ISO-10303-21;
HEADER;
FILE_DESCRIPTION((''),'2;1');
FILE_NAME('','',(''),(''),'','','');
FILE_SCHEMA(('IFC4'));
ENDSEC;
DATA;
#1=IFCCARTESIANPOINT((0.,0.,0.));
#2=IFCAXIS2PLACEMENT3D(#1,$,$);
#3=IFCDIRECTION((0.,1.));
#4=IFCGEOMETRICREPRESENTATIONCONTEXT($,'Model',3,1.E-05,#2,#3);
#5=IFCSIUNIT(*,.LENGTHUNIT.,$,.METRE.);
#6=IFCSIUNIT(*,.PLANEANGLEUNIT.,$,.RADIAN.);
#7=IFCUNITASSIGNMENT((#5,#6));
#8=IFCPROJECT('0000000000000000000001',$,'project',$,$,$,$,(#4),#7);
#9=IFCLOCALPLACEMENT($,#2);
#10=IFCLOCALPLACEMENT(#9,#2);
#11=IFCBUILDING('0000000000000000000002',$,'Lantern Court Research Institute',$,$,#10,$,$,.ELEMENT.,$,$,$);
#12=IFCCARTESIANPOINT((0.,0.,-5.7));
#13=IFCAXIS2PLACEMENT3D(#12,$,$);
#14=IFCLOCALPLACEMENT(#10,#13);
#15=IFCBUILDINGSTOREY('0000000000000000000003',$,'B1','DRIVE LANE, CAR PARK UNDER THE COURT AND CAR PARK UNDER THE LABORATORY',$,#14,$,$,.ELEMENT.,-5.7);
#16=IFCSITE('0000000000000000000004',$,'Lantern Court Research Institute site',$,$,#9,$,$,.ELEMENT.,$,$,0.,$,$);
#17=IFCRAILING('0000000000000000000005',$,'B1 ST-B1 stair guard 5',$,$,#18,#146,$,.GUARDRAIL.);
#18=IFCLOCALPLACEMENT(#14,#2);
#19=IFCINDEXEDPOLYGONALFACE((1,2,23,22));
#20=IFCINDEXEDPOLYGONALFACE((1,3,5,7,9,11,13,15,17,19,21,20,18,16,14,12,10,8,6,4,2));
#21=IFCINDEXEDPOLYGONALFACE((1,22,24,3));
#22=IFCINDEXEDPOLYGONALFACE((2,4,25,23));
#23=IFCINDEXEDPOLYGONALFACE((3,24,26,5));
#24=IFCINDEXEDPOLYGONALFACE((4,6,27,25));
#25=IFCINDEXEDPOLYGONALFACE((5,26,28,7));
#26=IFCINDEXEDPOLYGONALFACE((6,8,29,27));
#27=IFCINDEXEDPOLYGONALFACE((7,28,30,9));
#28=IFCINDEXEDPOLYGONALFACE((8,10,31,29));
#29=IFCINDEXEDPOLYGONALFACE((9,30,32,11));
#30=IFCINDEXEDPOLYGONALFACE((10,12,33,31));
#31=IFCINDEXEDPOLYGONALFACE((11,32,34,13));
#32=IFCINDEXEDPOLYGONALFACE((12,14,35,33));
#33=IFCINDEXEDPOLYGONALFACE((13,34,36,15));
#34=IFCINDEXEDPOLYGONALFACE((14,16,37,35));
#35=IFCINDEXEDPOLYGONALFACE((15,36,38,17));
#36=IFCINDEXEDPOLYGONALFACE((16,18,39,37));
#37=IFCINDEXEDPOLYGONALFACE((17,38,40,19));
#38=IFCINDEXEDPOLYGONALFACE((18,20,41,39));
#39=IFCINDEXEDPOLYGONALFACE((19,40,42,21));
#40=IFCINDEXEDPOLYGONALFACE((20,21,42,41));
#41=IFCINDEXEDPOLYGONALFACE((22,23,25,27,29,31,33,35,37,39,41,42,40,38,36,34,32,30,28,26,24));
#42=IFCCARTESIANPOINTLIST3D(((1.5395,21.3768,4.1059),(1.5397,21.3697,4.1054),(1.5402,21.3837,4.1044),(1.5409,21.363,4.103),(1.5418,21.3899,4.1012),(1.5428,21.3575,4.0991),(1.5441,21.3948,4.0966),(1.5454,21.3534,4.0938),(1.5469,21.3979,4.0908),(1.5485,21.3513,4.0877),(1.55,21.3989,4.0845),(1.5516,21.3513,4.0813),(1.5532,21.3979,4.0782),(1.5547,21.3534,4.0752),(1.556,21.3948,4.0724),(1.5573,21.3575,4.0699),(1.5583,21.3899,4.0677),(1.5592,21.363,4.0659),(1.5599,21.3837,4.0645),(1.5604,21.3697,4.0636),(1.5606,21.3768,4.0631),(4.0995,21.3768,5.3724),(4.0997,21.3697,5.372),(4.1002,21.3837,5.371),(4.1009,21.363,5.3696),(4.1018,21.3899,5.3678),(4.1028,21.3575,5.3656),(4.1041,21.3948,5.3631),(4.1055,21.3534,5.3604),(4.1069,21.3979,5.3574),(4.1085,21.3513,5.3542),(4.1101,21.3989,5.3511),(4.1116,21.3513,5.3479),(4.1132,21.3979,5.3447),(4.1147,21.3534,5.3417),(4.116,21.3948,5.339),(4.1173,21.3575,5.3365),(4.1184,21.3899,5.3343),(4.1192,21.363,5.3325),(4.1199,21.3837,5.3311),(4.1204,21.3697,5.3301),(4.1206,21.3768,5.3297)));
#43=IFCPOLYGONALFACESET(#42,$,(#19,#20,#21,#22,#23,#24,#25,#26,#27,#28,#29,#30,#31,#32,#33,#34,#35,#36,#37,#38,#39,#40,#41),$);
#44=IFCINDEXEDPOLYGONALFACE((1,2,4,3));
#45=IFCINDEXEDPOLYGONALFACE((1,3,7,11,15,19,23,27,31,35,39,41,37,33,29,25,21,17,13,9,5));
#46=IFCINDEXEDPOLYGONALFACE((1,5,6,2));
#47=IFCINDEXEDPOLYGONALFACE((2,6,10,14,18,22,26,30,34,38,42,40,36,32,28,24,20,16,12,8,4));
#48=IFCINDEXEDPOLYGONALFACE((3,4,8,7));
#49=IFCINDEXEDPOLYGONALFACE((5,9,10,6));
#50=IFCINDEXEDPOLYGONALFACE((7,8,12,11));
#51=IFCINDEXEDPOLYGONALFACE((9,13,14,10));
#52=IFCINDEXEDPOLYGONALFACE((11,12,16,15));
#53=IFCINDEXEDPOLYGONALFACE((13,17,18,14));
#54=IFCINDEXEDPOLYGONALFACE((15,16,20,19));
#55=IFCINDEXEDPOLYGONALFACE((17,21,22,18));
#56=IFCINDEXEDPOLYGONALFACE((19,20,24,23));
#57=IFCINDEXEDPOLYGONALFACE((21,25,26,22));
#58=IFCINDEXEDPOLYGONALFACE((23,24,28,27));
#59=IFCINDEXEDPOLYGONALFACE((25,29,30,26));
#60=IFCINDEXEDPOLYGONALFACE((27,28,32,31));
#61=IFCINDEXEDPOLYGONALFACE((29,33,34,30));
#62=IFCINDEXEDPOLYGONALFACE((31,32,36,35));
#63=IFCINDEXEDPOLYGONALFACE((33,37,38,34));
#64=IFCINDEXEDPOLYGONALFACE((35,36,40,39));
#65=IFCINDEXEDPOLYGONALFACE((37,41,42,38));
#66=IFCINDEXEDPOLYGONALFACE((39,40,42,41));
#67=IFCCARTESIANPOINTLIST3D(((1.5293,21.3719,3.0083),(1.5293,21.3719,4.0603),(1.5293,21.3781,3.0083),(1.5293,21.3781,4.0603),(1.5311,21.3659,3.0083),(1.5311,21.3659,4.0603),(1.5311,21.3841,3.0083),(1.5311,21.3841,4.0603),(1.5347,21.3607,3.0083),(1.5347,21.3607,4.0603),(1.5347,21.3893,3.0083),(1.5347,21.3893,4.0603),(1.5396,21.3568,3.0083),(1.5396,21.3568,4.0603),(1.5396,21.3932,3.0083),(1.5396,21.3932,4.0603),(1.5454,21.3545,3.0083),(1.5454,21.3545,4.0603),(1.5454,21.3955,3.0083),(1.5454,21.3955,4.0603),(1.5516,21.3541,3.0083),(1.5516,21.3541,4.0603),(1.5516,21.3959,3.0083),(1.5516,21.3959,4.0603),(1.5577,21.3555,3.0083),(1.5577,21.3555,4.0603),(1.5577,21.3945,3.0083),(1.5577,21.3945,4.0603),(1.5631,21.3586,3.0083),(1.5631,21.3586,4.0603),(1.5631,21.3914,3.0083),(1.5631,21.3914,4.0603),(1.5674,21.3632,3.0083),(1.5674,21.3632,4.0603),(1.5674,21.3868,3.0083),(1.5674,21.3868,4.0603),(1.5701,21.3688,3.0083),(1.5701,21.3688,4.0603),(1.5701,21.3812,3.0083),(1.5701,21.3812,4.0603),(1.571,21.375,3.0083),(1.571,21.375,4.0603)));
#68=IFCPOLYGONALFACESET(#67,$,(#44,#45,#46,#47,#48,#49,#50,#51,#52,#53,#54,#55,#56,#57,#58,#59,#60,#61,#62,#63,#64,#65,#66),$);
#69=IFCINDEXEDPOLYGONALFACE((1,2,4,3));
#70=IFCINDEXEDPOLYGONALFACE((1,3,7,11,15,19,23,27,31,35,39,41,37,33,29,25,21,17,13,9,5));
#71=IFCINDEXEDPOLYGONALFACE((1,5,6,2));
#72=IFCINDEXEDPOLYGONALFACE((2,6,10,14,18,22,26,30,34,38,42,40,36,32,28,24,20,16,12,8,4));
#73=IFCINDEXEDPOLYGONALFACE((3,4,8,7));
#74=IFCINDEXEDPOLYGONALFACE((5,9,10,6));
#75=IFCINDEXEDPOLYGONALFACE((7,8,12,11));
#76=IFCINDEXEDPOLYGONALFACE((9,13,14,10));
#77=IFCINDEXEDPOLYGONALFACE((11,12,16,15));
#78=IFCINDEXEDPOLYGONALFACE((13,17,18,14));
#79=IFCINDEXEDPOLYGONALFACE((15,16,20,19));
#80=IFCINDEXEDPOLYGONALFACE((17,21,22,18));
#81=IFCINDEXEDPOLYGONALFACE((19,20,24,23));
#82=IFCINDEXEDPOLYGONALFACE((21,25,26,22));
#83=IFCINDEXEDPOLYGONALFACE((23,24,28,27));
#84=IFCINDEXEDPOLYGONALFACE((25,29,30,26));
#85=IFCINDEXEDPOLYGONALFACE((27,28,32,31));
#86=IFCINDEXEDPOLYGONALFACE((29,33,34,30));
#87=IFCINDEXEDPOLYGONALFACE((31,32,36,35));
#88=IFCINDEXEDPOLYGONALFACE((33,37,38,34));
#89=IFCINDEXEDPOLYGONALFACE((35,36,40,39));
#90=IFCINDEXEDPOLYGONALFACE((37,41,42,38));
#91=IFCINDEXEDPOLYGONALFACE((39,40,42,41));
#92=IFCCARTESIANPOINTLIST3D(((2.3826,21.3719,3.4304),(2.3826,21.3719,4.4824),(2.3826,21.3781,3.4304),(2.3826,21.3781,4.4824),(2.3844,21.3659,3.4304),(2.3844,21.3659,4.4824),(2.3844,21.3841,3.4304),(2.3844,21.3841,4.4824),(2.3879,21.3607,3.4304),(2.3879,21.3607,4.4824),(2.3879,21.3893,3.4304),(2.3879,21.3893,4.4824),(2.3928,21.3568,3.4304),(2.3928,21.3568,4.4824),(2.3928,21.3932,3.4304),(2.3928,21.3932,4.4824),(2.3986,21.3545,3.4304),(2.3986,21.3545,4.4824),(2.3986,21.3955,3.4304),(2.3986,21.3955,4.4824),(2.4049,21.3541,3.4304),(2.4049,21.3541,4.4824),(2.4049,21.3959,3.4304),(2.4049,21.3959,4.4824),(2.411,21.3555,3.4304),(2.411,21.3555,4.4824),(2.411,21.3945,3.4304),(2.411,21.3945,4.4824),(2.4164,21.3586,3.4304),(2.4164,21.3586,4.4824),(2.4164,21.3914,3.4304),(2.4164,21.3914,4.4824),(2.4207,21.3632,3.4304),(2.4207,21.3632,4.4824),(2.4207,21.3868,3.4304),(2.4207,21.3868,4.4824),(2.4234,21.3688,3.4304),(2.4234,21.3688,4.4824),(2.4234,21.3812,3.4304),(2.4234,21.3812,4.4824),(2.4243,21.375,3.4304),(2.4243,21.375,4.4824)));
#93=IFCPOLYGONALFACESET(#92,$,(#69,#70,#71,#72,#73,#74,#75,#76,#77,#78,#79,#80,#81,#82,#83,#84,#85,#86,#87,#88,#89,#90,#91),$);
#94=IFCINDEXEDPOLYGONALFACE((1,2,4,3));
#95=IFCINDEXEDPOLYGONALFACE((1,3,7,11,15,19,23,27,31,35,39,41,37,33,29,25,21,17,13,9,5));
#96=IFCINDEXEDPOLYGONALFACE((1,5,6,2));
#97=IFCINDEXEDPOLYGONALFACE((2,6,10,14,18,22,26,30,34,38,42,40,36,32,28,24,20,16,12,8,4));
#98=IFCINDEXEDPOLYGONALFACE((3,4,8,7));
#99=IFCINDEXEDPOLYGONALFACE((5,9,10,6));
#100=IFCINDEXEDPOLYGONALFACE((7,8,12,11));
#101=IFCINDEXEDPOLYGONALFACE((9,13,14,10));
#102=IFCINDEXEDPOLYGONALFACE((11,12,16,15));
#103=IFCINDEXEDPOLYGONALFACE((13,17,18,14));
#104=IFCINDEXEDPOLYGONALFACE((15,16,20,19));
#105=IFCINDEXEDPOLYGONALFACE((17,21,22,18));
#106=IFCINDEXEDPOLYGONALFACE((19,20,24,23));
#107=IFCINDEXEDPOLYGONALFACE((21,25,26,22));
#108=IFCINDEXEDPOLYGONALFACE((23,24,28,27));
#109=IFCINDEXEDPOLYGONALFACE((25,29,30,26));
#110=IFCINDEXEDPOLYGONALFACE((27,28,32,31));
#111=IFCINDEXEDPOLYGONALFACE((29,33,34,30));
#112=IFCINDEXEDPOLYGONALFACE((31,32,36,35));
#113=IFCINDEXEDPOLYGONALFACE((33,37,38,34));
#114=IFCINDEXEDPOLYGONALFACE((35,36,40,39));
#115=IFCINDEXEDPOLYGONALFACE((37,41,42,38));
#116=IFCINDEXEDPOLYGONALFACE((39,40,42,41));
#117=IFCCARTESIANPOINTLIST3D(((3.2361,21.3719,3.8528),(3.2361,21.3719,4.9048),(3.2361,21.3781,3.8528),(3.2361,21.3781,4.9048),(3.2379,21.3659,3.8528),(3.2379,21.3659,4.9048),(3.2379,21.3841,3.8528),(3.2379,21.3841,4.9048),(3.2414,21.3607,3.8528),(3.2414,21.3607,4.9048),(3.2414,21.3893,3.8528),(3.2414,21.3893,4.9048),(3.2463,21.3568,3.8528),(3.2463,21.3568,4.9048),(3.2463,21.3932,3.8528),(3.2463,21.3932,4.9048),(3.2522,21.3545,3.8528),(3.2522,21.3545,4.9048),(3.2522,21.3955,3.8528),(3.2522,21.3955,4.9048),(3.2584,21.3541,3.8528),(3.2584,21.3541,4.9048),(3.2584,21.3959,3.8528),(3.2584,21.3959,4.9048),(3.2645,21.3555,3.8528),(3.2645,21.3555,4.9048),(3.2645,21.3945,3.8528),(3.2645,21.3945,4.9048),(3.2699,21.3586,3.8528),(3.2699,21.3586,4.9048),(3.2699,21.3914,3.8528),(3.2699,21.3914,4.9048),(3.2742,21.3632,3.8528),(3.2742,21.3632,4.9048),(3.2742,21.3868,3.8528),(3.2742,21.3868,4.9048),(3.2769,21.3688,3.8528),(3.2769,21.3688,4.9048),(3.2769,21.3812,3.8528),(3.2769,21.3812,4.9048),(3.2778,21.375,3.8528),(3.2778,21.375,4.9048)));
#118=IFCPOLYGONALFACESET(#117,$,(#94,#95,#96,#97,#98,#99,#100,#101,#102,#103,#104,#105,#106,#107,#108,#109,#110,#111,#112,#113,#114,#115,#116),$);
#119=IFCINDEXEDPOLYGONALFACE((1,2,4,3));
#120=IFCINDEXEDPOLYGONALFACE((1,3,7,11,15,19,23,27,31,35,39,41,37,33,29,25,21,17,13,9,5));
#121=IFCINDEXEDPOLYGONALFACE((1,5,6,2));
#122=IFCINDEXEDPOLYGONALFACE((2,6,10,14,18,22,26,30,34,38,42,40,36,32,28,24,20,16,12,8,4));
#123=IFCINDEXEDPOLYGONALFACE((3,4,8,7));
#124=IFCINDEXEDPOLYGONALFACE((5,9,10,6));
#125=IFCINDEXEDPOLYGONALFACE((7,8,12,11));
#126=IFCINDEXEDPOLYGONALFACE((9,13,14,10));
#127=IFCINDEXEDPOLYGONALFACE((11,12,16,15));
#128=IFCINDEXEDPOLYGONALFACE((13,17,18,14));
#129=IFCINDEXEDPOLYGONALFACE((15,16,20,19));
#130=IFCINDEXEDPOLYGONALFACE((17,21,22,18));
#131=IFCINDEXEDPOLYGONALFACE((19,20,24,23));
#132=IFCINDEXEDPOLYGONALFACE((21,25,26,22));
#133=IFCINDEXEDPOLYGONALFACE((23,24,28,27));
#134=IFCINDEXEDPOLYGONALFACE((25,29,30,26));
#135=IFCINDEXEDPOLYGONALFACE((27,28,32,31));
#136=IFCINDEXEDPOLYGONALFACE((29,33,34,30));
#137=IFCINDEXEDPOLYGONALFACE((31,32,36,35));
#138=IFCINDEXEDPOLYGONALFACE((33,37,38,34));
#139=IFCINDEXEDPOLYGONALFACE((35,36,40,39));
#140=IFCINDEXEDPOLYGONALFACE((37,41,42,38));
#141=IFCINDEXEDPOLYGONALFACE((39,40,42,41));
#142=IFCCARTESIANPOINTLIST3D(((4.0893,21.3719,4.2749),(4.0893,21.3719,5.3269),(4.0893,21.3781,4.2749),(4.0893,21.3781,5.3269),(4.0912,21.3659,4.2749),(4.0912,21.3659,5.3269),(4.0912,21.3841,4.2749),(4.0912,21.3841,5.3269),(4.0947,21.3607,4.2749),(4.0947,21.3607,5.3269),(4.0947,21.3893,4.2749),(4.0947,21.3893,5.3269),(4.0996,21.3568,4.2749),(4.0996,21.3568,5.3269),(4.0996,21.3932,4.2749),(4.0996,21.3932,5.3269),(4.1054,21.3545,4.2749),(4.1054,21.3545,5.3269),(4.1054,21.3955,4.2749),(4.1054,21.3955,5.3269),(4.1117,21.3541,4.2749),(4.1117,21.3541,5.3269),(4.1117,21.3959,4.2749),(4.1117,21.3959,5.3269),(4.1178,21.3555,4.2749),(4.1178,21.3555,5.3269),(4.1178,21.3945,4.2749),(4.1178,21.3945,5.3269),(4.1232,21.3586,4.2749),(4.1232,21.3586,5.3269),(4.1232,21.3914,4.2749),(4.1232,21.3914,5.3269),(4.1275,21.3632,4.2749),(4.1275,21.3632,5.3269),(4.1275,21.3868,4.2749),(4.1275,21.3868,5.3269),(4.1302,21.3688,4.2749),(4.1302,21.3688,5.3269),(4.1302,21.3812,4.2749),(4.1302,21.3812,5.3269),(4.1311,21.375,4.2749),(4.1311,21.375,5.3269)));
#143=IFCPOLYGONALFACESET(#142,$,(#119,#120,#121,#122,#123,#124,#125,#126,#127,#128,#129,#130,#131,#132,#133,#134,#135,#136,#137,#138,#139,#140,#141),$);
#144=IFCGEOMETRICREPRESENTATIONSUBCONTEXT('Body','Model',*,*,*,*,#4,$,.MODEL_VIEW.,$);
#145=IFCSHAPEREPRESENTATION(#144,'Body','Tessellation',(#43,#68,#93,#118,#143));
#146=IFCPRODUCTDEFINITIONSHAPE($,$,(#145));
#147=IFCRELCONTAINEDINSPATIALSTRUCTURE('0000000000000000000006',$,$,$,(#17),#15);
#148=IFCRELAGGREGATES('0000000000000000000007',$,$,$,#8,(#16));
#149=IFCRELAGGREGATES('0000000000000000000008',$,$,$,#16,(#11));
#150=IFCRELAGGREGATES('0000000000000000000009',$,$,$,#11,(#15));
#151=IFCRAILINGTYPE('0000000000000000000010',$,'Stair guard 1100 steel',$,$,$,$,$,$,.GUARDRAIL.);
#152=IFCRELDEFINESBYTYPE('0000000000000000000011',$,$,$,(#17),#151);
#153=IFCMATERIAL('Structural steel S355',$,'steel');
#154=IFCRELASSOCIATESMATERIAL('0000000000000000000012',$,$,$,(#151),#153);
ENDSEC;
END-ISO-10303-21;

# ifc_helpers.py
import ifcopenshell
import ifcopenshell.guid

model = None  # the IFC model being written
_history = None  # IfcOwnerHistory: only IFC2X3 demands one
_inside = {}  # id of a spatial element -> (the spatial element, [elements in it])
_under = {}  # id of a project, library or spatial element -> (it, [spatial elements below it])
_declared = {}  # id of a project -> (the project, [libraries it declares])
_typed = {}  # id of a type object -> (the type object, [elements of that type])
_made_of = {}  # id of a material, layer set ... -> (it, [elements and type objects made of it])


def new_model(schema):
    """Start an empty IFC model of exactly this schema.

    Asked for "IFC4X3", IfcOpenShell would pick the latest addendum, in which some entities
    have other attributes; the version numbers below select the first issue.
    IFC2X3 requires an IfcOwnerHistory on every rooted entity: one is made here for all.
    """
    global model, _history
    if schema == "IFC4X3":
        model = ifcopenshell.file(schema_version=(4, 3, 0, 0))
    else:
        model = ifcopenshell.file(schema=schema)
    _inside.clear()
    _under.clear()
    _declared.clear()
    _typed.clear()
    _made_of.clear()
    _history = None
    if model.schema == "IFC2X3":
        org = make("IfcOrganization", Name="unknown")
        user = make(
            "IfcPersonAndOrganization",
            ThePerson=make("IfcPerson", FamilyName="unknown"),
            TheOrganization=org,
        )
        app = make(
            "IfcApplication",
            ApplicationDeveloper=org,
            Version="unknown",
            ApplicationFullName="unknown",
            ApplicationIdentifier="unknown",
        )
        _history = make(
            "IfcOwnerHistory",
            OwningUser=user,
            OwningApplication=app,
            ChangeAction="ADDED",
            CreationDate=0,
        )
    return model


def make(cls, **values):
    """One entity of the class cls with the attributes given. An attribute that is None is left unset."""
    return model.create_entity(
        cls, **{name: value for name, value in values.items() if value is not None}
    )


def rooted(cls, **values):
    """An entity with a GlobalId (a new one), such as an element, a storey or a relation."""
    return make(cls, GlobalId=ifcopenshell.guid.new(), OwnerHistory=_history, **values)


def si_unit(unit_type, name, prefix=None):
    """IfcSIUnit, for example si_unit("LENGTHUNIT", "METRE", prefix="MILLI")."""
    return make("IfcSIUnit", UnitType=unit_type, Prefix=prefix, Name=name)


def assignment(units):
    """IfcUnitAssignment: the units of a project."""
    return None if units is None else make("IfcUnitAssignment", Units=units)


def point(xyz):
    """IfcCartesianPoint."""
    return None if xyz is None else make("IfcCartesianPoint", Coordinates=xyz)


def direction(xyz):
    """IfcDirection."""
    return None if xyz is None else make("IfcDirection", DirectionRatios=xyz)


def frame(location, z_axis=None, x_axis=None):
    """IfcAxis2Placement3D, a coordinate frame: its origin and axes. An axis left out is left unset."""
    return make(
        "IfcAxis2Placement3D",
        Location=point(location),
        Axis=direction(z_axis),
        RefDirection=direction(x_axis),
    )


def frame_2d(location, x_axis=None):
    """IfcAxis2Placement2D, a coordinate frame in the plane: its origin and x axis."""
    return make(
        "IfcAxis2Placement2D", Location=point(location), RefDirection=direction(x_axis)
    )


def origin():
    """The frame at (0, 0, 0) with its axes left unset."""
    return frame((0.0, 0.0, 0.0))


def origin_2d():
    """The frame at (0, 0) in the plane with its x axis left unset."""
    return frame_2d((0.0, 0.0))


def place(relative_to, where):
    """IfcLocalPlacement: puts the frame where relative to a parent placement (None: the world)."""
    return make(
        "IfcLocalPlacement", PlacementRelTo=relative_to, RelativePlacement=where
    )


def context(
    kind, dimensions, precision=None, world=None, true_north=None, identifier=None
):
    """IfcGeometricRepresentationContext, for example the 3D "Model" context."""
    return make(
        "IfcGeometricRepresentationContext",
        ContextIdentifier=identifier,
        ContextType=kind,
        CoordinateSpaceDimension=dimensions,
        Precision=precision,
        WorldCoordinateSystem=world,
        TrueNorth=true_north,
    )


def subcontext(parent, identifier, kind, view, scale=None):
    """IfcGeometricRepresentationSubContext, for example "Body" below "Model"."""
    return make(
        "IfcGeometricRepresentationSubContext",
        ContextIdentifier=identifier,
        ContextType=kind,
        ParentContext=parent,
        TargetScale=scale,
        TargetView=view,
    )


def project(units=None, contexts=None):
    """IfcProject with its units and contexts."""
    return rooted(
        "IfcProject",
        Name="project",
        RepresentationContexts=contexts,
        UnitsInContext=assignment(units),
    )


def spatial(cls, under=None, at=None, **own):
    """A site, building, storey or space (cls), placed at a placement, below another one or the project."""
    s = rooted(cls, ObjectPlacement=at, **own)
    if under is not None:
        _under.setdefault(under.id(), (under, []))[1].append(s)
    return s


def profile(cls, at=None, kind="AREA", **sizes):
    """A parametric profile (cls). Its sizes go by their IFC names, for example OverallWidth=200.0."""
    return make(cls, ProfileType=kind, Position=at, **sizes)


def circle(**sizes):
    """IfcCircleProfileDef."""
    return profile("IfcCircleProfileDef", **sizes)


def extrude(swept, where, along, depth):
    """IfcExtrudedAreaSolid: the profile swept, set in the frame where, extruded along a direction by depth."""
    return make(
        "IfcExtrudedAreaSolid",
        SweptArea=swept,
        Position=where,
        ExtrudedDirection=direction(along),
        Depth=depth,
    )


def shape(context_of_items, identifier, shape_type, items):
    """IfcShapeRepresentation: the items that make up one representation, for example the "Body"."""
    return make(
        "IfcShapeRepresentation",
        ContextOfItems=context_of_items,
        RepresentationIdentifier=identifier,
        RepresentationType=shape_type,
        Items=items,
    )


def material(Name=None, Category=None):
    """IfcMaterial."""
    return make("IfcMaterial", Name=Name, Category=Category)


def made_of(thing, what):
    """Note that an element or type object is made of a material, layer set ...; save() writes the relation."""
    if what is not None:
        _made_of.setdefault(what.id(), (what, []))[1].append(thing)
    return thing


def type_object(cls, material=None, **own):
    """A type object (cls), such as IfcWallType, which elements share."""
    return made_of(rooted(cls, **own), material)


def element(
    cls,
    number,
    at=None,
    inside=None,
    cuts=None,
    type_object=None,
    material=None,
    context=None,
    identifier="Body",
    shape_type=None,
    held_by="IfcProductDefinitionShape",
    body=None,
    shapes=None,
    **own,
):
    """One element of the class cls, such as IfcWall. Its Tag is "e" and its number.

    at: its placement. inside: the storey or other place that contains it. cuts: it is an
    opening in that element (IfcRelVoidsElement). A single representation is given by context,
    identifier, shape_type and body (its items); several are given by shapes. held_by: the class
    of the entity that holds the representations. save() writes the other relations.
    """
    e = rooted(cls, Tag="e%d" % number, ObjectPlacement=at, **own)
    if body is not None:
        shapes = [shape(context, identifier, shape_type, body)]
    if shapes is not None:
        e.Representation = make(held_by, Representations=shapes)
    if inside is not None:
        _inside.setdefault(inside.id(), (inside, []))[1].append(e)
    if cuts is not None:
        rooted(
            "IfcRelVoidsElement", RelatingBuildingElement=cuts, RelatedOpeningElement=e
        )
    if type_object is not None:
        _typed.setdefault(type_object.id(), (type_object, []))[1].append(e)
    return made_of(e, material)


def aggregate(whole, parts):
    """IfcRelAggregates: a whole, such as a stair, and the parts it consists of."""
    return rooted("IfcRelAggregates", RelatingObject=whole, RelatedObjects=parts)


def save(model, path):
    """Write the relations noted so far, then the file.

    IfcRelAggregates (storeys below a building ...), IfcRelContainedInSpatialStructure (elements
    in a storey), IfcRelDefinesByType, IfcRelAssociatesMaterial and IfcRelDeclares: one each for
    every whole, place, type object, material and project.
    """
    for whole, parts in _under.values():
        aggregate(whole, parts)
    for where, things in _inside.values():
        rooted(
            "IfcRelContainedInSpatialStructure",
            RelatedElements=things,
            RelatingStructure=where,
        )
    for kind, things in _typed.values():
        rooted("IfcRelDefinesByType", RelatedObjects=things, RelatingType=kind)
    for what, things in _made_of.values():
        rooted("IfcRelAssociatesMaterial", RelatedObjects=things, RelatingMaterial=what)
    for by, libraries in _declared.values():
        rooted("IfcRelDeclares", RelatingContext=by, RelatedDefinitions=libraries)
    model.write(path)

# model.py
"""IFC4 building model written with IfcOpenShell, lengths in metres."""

from ifc_helpers import new_model, si_unit, direction, frame, origin, origin_2d, place, context, subcontext, project, spatial, circle, extrude, material, type_object, element, save


model = new_model("IFC4")

# Units and contexts
model_context = context("Model", 3, precision=1e-05, world=origin(), true_north=direction((0.0, 1.0)))
body_context = subcontext(model_context, "Body", "Model", "MODEL_VIEW")
ifc_project = project(units=[si_unit("LENGTHUNIT", "METRE"), si_unit("PLANEANGLEUNIT", "RADIAN")], contexts=[model_context])

# Site, building, storey
site_placement = place(None, origin())
site = spatial("IfcSite", under=ifc_project, at=site_placement, Name="Lantern Court Research Institute site", CompositionType="ELEMENT", RefElevation=0.0)
building_placement = place(site_placement, origin())
building = spatial("IfcBuilding", under=site, at=building_placement, Name="Lantern Court Research Institute", CompositionType="ELEMENT")
storey_placement = place(building_placement, frame((0.0, 0.0, -5.7)))
storey = spatial("IfcBuildingStorey", under=building, at=storey_placement, Name="B1", Description="DRIVE LANE, CAR PARK UNDER THE COURT AND CAR PARK UNDER THE LABORATORY", CompositionType="ELEMENT", Elevation=-5.7)

# Railing
ifc_material_1 = material(Name="Structural steel S355", Category="steel")
railing_type_1 = type_object("IfcRailingType", Name="Stair guard 1100 steel", PredefinedType="GUARDRAIL", material=ifc_material_1)
railing_1_placement = place(storey_placement, frame((1.55, 21.375, 3.0083)))
element("IfcRailing", 1, at=railing_1_placement, inside=storey, type_object=railing_type_1, Name="B1 ST-B1 stair guard 5", PredefinedType="GUARDRAIL", context=body_context, shape_type="SweptSolid", body=[
    extrude(circle(Radius=0.0239, at=origin_2d()), frame((0.0, 0.0, 1.0762), z_axis=(0.8963, 0.0, 0.443449), x_axis=(0.0, 1.0, 0.0)), (0.0, 0.0, 1.0), 2.8562),
    extrude(circle(Radius=0.021, at=origin_2d()), origin(), (0.0, 0.0, 1.0), 1.052),
    extrude(circle(Radius=0.021, at=origin_2d()), frame((0.8533, 0.0, 0.4221)), (0.0, 0.0, 1.0), 1.052),
    extrude(circle(Radius=0.021, at=origin_2d()), frame((1.7068, 0.0, 0.8445)), (0.0, 0.0, 1.0), 1.052),
    extrude(circle(Radius=0.021, at=origin_2d()), frame((2.5601, 0.0, 1.2666)), (0.0, 0.0, 1.0), 1.052),
])

save(model, "model.ifc")
